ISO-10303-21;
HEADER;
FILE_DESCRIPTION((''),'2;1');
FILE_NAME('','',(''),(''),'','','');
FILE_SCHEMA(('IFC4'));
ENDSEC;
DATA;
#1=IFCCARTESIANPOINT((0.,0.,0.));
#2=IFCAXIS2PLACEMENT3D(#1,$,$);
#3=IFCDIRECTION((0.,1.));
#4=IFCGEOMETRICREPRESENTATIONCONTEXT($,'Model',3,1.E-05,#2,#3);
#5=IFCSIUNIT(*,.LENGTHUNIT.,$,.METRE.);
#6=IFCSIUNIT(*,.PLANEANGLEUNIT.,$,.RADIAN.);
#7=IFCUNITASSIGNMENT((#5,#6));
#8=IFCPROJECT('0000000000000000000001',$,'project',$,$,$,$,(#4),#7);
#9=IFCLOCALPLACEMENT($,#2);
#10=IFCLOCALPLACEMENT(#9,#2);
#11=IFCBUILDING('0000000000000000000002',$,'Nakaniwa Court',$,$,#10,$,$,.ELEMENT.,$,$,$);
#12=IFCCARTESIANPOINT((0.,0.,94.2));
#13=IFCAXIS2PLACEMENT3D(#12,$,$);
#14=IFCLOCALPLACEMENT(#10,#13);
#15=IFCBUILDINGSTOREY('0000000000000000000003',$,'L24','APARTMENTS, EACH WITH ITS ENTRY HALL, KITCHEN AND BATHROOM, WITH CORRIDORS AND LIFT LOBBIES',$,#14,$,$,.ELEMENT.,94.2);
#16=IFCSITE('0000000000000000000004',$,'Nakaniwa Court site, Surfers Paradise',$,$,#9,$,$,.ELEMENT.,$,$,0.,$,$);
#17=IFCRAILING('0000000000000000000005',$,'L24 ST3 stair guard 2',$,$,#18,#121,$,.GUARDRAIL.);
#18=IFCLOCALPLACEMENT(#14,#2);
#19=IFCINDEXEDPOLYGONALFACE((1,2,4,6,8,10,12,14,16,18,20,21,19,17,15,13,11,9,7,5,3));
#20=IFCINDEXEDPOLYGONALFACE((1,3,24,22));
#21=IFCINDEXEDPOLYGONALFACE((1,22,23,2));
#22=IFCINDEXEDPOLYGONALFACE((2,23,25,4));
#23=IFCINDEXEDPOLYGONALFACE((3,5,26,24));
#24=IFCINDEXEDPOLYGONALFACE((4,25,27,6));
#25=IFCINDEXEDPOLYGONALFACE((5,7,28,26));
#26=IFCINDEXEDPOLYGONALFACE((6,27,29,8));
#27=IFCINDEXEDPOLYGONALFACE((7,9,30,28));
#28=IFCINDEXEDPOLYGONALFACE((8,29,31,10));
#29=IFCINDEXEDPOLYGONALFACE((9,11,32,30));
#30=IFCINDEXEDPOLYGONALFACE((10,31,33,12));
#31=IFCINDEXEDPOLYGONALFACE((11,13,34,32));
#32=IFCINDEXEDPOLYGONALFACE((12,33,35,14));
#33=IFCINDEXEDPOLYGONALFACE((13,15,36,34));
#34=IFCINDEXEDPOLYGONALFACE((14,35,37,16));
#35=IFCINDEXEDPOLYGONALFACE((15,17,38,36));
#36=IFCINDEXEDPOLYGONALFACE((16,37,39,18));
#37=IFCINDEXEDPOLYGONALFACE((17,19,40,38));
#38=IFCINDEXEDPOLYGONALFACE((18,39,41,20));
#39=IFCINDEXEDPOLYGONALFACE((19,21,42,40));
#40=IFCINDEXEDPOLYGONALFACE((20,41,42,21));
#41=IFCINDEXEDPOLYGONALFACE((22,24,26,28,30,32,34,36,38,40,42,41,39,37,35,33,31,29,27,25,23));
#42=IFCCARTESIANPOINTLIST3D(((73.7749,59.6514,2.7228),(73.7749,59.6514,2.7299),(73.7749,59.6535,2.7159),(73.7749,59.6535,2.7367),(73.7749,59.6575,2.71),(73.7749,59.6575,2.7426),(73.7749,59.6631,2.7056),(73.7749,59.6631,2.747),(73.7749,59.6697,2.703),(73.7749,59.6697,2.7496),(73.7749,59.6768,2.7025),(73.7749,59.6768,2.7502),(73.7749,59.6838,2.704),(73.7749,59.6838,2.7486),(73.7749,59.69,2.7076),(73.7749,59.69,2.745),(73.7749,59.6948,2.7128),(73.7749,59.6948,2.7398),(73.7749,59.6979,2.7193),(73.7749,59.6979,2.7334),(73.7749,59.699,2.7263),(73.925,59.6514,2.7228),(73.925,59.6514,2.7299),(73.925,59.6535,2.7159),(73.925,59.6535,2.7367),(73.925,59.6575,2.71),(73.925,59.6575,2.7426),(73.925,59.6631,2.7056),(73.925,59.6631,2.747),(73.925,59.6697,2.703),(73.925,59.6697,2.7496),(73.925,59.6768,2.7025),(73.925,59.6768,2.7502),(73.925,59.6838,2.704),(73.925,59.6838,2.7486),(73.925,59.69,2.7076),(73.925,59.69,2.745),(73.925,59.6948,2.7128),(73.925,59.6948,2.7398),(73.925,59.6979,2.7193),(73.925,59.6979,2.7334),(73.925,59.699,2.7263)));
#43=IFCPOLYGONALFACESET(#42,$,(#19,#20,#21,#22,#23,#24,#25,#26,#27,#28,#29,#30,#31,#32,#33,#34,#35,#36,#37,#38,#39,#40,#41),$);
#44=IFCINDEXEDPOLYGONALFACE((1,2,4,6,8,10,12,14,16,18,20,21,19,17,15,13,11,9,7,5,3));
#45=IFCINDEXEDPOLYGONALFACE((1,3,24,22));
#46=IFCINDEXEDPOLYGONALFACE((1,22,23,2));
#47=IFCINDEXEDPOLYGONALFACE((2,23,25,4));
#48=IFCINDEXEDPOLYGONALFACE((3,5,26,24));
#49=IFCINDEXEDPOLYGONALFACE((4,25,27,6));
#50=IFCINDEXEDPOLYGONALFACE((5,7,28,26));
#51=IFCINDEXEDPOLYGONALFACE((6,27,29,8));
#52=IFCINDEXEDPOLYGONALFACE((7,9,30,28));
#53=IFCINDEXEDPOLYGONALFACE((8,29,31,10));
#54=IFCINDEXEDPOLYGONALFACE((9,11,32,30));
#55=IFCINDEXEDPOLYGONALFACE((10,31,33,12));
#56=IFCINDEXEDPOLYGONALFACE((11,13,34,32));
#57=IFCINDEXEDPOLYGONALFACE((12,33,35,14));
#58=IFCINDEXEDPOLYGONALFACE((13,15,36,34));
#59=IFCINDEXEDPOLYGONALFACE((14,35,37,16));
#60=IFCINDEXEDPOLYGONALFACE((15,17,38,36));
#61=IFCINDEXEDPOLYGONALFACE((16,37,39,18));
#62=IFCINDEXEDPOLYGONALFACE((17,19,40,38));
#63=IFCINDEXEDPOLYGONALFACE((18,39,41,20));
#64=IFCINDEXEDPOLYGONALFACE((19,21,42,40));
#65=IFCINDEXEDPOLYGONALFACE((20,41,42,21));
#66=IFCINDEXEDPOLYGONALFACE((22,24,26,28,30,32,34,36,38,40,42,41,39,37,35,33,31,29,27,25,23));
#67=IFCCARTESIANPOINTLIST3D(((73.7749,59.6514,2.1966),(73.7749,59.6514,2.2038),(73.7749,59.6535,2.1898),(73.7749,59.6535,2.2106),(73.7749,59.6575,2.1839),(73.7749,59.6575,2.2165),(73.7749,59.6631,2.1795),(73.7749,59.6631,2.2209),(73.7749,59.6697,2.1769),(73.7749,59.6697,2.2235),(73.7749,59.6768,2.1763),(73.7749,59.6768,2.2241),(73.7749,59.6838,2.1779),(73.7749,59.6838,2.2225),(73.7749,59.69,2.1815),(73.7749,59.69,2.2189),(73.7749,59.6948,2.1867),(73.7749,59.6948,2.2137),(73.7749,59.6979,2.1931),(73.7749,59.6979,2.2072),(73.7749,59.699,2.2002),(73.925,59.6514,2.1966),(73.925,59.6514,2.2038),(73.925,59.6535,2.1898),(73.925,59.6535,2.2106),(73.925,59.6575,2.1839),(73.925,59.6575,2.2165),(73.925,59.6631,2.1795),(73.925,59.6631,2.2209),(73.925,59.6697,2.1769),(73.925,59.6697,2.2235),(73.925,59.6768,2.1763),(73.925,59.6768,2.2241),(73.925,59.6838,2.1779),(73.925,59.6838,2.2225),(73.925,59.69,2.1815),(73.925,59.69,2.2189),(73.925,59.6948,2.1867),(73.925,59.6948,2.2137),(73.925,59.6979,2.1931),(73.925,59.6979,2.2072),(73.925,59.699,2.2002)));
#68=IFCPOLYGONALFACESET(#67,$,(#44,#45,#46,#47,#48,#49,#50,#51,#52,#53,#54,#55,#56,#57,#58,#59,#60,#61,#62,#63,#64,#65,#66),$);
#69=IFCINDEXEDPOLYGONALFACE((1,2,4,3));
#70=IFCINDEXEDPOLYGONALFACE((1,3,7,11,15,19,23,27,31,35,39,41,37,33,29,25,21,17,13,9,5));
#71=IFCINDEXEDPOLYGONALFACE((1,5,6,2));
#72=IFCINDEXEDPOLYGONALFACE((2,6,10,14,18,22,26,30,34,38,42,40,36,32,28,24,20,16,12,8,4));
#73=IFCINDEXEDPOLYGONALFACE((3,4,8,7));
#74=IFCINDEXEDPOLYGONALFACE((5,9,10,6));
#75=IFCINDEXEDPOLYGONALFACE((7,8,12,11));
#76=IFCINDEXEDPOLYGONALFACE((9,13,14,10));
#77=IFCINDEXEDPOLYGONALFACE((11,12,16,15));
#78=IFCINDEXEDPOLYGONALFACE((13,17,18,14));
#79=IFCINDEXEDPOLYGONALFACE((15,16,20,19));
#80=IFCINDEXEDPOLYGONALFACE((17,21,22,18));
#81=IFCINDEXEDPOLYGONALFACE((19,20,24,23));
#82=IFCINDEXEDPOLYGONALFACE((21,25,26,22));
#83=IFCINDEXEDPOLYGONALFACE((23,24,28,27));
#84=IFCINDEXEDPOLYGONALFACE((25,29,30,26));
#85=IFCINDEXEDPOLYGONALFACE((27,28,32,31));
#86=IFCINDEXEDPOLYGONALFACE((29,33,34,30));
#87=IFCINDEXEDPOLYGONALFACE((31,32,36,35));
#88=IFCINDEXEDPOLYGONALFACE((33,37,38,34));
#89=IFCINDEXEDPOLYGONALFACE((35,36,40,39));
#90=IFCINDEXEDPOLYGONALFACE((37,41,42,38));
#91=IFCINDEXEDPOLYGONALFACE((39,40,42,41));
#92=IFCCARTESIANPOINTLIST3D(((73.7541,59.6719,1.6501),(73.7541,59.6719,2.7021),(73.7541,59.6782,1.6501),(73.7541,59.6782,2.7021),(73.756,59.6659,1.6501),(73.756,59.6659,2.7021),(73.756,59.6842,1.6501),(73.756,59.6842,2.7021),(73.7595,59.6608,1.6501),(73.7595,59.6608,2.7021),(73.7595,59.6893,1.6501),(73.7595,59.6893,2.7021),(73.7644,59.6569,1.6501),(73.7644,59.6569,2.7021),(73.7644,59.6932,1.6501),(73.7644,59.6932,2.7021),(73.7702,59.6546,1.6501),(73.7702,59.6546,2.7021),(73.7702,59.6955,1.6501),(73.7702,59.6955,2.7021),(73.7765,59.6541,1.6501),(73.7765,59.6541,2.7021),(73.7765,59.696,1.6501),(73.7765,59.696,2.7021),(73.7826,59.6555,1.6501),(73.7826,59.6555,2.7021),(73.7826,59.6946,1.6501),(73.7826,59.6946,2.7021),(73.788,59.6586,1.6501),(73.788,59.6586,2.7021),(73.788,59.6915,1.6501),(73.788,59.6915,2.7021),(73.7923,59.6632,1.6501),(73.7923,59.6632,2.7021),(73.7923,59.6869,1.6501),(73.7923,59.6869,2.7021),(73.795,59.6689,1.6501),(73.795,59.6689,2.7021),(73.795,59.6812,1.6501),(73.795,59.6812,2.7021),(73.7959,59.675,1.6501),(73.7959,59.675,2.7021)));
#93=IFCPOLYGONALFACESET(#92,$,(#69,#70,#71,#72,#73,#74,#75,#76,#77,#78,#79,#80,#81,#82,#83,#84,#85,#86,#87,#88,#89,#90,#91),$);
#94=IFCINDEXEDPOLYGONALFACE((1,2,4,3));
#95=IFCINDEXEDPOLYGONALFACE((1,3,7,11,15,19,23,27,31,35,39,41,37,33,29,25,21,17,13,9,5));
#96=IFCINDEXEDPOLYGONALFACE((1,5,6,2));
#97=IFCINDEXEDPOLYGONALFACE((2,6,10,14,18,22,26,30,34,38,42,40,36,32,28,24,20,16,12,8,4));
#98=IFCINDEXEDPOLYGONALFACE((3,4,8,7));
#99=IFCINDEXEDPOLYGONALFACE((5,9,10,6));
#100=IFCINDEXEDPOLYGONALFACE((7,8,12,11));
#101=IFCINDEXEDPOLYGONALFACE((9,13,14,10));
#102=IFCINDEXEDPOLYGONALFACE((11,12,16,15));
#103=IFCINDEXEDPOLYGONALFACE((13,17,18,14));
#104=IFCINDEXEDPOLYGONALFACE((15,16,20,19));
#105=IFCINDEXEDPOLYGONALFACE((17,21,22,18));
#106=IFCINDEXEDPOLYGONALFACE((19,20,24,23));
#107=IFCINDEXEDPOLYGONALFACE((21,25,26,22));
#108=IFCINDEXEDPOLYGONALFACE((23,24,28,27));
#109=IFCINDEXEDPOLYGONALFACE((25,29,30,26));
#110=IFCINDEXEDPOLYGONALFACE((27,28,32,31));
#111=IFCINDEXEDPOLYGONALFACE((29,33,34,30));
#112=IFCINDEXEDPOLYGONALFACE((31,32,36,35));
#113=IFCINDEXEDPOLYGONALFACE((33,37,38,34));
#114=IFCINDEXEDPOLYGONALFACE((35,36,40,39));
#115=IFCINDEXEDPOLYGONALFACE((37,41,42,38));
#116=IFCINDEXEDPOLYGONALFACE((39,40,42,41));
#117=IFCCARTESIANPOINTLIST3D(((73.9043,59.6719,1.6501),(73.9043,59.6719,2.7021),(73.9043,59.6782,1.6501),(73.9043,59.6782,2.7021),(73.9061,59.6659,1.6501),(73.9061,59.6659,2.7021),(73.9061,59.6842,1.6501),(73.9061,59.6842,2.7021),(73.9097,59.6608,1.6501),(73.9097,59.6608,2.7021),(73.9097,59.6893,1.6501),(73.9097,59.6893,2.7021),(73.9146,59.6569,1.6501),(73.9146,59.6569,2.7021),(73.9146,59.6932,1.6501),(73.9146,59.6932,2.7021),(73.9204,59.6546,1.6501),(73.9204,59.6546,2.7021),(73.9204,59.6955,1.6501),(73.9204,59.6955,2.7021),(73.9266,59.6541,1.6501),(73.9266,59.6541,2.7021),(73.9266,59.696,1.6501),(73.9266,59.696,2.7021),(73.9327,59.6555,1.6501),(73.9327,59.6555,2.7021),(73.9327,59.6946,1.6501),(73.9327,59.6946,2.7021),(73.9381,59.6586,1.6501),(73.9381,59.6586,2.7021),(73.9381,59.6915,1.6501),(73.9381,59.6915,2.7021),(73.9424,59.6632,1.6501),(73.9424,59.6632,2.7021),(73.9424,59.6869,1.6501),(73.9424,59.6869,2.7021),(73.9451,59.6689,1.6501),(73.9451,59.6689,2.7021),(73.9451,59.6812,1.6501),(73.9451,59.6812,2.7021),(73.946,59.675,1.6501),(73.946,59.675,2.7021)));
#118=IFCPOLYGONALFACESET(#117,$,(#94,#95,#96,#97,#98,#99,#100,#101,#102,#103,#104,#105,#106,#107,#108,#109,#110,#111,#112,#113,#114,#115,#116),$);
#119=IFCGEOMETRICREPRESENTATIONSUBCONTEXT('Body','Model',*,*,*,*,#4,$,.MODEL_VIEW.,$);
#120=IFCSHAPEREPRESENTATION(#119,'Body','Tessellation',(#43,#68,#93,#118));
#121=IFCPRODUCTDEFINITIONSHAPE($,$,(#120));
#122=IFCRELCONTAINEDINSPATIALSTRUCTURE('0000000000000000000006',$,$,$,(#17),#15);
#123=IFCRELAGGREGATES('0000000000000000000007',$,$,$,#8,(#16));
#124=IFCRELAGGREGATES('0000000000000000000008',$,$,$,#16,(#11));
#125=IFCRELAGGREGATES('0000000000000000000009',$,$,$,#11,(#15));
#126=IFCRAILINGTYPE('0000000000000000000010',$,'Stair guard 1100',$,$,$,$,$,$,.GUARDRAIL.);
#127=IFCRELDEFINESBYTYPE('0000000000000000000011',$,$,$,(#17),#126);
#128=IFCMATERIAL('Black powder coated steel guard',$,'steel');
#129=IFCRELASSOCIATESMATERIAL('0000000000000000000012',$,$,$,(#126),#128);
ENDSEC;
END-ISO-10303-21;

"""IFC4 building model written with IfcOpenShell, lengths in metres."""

from ifc_helpers import new_model, si_unit, direction, frame, origin, origin_2d, place, context, subcontext, project, spatial, circle, extrude, material, type_object, element, save


model = new_model("IFC4")

# Units and contexts
model_context = context("Model", 3, precision=1e-05, world=origin(), true_north=direction((0.0, 1.0)))
body_context = subcontext(model_context, "Body", "Model", "MODEL_VIEW")
ifc_project = project(units=[si_unit("LENGTHUNIT", "METRE"), si_unit("PLANEANGLEUNIT", "RADIAN")], contexts=[model_context])

# Site, building, storey
site_placement = place(None, origin())
site = spatial("IfcSite", under=ifc_project, at=site_placement, Name="Nakaniwa Court site, Surfers Paradise", CompositionType="ELEMENT", RefElevation=0.0)
building_placement = place(site_placement, origin())
building = spatial("IfcBuilding", under=site, at=building_placement, Name="Nakaniwa Court", CompositionType="ELEMENT")
storey_placement = place(building_placement, frame((0.0, 0.0, 94.2)))
storey = spatial("IfcBuildingStorey", under=building, at=storey_placement, Name="L24", Description="APARTMENTS, EACH WITH ITS ENTRY HALL, KITCHEN AND BATHROOM, WITH CORRIDORS AND LIFT LOBBIES", CompositionType="ELEMENT", Elevation=94.2)

# Railing
ifc_material_1 = material(Name="Black powder coated steel guard", Category="steel")
railing_type_1 = type_object("IfcRailingType", Name="Stair guard 1100", PredefinedType="GUARDRAIL", material=ifc_material_1)
railing_1_placement = place(storey_placement, frame((73.7749, 59.675, 1.6501)))
element("IfcRailing", 1, at=railing_1_placement, inside=storey, type_object=railing_type_1, Name="L24 ST3 stair guard 2", PredefinedType="GUARDRAIL", context=body_context, shape_type="SweptSolid", body=[
    extrude(circle(Radius=0.0239, at=origin_2d()), frame((0.0, 0.0, 1.0762), z_axis=(1.0, 0.0, 0.0), x_axis=(0.0, 1.0, 0.0)), (0.0, 0.0, 1.0), 0.1501),
    extrude(circle(Radius=0.0239, at=origin_2d()), frame((0.0, 0.0, 0.55), z_axis=(1.0, 0.0, 0.0), x_axis=(0.0, 1.0, 0.0)), (0.0, 0.0, 1.0), 0.1501),
    extrude(circle(Radius=0.021, at=origin_2d()), origin(), (0.0, 0.0, 1.0), 1.052),
    extrude(circle(Radius=0.021, at=origin_2d()), frame((0.1501, 0.0, 0.0)), (0.0, 0.0, 1.0), 1.052),
])

save(model, "model.ifc")
